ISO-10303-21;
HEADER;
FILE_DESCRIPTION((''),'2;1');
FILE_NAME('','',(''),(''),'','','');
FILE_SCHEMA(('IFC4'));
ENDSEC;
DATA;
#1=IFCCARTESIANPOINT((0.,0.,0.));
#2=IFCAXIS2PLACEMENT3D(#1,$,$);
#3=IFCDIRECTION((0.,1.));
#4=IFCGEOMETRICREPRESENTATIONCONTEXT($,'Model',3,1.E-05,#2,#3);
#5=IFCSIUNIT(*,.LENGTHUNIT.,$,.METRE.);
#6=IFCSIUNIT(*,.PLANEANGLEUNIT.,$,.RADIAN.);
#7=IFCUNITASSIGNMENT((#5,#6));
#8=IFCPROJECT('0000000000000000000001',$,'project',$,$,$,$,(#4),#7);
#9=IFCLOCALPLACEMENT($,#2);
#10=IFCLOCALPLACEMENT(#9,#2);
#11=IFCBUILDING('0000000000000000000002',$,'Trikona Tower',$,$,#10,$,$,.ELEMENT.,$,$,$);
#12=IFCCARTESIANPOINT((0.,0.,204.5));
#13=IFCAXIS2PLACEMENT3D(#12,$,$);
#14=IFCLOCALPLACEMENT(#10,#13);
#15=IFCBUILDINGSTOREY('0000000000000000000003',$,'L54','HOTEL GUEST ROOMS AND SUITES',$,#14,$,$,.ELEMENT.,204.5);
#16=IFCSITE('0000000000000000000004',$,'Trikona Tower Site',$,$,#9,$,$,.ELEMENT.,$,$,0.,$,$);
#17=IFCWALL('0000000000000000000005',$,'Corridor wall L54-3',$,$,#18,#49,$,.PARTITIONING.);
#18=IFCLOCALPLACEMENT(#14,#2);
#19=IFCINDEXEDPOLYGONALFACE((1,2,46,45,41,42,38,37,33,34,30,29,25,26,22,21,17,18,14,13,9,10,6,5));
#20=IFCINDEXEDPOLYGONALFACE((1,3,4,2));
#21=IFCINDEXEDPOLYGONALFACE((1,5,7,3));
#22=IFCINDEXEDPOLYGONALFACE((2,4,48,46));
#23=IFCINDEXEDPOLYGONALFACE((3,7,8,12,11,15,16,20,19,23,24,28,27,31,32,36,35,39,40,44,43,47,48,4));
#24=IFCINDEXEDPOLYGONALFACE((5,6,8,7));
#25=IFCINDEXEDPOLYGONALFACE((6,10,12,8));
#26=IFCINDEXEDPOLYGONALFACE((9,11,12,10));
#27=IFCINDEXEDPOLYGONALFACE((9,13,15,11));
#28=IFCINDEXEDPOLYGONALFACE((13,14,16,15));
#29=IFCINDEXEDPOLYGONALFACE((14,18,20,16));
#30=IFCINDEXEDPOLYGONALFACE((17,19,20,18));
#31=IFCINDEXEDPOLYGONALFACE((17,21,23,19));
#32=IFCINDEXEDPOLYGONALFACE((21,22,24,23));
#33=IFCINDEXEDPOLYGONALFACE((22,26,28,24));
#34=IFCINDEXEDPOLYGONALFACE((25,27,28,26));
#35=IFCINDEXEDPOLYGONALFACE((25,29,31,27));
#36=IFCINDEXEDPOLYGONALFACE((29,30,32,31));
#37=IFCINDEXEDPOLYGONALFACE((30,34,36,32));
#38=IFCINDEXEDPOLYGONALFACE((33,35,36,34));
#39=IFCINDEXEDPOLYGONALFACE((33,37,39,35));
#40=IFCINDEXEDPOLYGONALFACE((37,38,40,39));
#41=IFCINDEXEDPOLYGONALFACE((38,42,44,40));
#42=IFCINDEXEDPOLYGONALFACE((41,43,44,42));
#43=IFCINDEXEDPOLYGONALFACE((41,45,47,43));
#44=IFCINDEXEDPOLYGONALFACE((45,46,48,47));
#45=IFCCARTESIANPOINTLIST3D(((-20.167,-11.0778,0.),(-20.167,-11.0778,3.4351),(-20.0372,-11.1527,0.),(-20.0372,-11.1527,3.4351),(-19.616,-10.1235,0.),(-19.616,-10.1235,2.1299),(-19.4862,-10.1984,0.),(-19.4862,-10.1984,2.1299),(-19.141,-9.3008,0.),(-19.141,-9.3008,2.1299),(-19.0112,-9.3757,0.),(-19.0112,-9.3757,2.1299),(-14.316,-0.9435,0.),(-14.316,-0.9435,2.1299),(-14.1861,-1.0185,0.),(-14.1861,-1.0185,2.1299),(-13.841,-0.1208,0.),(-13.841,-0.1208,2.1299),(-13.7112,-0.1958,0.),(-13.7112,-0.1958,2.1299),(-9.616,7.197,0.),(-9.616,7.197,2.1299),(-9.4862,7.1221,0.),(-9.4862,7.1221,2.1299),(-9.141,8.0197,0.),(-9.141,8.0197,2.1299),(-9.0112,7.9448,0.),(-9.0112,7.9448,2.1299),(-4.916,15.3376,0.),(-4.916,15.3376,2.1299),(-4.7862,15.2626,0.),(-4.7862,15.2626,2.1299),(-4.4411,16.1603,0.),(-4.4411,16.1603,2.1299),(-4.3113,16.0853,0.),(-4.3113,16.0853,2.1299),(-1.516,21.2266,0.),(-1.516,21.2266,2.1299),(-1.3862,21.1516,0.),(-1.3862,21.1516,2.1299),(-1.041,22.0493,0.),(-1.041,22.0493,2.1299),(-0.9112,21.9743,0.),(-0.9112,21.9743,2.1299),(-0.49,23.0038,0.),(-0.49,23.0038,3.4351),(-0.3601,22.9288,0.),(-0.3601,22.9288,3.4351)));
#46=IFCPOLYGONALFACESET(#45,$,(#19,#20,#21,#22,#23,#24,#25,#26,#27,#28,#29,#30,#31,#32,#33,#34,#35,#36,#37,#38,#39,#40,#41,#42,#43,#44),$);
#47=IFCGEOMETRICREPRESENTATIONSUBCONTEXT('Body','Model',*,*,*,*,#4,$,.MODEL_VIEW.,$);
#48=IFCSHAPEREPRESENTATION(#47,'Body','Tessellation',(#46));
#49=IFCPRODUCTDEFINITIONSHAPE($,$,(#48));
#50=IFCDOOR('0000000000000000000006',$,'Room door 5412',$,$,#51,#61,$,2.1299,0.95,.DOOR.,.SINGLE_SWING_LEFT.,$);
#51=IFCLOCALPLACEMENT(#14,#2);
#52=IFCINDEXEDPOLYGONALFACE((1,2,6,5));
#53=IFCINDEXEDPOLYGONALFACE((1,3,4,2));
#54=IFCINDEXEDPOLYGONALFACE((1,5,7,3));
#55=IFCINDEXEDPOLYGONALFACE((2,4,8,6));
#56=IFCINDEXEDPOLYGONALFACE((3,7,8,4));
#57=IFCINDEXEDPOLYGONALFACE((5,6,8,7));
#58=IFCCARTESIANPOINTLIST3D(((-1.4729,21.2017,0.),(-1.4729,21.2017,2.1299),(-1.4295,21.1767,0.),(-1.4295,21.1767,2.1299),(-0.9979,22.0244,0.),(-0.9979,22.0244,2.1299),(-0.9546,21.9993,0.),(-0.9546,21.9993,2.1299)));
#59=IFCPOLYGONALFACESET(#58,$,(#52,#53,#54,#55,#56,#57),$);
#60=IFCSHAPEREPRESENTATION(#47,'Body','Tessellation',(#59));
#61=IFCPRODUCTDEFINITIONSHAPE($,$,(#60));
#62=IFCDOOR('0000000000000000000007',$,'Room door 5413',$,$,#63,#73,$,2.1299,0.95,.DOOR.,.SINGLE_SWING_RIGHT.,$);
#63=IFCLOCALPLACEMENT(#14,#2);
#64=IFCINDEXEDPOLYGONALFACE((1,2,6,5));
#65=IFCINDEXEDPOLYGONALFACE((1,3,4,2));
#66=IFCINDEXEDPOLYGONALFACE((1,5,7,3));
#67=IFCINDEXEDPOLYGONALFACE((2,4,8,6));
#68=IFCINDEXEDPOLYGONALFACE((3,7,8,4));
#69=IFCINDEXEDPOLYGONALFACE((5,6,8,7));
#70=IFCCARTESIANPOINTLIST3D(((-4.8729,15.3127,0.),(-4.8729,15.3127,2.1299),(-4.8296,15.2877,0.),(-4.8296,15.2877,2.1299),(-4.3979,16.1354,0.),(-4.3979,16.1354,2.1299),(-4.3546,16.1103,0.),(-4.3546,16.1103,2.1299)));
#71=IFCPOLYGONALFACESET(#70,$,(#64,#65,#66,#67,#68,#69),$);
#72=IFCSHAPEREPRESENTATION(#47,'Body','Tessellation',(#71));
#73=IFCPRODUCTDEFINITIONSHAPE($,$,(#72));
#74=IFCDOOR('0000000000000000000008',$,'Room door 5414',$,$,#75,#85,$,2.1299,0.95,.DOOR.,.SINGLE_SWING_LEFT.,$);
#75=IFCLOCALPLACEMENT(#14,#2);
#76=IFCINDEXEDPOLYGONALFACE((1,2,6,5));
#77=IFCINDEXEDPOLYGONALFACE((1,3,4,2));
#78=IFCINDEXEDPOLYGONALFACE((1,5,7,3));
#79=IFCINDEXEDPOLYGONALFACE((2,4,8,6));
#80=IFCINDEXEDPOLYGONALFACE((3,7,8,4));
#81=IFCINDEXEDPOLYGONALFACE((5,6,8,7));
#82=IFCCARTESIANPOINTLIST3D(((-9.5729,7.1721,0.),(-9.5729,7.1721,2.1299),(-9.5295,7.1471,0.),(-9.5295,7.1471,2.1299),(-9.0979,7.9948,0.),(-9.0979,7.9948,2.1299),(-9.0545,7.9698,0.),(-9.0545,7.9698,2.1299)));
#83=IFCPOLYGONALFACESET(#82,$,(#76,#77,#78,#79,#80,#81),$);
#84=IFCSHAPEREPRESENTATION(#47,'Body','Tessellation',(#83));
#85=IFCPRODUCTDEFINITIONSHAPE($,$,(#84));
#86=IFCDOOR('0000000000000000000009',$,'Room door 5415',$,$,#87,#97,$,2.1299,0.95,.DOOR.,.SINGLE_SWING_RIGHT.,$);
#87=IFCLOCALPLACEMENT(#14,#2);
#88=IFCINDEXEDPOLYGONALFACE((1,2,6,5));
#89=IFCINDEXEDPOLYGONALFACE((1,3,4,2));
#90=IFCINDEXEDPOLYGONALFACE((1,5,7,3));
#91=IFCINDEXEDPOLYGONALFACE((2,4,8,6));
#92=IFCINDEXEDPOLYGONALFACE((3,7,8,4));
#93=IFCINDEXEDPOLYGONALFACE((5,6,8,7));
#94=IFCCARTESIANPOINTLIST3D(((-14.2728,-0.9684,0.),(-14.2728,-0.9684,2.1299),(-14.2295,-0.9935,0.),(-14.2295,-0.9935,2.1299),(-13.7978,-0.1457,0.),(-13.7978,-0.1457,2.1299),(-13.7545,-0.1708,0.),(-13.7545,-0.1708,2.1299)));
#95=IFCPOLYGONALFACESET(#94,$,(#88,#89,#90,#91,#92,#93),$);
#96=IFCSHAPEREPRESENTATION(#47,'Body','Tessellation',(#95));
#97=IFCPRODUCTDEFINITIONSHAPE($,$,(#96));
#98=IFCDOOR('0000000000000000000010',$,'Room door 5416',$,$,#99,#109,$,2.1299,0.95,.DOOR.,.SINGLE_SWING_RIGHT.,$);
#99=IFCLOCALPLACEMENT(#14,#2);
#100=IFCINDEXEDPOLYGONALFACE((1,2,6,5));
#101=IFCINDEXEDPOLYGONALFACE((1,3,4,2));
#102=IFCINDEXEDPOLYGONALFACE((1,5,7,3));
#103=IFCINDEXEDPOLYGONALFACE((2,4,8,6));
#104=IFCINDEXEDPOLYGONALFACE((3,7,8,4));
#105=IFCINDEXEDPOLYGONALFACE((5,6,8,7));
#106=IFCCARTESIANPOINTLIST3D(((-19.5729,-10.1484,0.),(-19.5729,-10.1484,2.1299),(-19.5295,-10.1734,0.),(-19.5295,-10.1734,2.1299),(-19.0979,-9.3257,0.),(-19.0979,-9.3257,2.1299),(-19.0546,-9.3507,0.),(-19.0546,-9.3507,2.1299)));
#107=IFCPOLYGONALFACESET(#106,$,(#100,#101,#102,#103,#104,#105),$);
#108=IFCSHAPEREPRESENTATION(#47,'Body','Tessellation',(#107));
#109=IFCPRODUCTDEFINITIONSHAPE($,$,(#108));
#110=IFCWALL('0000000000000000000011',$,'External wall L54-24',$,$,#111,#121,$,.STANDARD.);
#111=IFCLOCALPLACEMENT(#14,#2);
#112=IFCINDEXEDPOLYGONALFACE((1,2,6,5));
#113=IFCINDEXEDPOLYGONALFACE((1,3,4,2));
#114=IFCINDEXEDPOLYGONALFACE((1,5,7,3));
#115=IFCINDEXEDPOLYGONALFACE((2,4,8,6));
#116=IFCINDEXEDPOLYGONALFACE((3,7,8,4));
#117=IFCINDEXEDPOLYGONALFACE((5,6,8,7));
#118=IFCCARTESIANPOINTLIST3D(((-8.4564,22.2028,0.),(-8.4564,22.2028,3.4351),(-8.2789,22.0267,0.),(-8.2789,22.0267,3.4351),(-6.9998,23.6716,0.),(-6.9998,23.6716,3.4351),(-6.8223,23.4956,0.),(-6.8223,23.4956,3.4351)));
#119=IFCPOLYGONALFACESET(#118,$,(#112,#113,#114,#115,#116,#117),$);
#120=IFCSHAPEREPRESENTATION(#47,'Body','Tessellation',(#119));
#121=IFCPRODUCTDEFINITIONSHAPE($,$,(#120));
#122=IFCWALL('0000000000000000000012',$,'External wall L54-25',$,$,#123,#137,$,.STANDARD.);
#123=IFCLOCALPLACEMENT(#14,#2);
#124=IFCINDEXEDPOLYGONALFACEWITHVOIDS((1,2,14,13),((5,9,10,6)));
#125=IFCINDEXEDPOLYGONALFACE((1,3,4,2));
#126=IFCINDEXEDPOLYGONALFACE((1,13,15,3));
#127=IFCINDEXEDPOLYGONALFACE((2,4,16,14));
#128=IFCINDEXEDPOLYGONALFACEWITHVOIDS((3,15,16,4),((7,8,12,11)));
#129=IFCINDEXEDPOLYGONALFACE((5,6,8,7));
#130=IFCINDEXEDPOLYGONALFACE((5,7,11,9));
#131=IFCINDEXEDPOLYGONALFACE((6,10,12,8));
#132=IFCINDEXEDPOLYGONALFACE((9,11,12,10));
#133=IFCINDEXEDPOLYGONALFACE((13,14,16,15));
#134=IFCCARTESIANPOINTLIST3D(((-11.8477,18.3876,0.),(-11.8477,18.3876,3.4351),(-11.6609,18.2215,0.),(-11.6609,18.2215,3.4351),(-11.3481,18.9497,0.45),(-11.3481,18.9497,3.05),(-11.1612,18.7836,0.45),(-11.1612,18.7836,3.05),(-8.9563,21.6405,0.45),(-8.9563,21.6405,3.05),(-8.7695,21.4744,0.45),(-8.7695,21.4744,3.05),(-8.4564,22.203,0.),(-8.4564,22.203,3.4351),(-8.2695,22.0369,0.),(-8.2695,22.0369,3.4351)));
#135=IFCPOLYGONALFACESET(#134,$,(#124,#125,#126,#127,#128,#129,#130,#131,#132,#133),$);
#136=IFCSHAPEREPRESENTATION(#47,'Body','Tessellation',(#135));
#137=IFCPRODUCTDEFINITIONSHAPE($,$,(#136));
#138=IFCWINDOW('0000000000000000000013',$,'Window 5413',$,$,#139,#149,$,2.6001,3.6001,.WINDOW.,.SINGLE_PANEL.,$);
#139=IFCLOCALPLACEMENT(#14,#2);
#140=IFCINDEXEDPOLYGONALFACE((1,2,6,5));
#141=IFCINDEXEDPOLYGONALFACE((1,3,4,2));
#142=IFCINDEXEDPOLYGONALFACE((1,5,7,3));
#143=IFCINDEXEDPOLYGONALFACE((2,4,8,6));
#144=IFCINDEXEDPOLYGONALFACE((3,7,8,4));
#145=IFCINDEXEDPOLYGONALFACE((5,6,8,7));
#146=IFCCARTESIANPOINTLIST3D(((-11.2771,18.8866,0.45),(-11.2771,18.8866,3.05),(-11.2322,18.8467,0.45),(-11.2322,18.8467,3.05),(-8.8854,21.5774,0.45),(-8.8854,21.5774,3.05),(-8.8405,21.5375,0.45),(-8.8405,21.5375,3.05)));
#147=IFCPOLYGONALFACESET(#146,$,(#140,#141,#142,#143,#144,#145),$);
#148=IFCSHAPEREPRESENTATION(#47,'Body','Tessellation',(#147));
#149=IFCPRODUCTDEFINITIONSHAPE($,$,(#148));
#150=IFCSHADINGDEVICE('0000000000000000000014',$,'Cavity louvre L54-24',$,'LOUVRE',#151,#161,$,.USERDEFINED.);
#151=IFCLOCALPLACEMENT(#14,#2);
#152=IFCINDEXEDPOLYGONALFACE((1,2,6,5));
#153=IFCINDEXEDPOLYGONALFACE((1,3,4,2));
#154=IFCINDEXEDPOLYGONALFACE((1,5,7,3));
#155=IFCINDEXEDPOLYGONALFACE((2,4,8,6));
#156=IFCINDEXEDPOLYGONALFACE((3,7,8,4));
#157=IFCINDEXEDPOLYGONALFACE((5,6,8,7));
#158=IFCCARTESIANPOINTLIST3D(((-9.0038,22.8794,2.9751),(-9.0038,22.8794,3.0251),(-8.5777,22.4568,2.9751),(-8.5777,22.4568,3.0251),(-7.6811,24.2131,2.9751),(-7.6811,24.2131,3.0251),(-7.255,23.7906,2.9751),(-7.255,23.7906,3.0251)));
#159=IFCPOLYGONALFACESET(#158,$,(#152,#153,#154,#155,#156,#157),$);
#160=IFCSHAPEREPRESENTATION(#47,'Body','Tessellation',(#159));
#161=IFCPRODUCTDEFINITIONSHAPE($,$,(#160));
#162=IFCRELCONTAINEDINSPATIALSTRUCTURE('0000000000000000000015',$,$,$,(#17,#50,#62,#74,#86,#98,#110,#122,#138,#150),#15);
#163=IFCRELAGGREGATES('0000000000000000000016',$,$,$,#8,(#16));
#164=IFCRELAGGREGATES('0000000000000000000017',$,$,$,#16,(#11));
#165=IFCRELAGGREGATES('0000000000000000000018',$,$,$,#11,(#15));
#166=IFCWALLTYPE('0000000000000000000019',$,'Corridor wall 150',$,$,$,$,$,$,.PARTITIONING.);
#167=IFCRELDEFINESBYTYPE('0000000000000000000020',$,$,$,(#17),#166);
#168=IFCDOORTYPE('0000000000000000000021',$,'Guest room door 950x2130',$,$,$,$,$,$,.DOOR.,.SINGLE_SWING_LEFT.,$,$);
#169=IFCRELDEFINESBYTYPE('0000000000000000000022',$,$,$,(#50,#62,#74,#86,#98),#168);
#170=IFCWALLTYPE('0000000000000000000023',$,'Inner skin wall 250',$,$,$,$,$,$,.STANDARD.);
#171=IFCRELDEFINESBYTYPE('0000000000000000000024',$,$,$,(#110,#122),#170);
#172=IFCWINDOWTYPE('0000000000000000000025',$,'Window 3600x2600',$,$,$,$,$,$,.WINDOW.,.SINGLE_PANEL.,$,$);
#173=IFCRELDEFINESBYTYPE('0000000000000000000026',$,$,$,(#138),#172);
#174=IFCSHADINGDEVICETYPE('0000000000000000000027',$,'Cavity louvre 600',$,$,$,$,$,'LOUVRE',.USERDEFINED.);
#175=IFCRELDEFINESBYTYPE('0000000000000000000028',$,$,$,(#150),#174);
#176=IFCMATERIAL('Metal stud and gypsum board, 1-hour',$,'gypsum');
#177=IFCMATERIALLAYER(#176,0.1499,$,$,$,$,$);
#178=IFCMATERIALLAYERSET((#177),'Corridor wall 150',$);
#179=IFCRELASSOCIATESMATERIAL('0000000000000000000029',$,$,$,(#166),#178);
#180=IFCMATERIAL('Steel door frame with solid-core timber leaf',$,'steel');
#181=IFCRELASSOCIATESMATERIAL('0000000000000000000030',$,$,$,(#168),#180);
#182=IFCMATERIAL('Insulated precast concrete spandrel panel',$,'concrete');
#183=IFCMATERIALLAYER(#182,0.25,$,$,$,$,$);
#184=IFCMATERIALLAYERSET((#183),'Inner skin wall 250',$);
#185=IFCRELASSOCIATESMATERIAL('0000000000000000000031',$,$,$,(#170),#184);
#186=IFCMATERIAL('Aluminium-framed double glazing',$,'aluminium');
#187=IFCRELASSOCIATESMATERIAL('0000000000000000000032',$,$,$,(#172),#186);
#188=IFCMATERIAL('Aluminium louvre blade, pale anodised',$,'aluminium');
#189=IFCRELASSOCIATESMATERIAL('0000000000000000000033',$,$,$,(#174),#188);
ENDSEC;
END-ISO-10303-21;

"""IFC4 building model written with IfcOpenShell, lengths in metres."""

from ifc_helpers import new_model, si_unit, direction, frame, frame_2d, origin, origin_2d, place, context, subcontext, project, spatial, rectangle, extrude, material, layer, layer_set, type_object, element, fill, save


model = new_model("IFC4")

# Units and contexts
model_context = context("Model", 3, precision=1e-05, world=origin(), true_north=direction((0.0, 1.0)))
body_context = subcontext(model_context, "Body", "Model", "MODEL_VIEW")
ifc_project = project(units=[si_unit("LENGTHUNIT", "METRE"), si_unit("PLANEANGLEUNIT", "RADIAN")], contexts=[model_context])

# Site, building, storey
site_placement = place(None, origin())
site = spatial("IfcSite", under=ifc_project, at=site_placement, Name="Trikona Tower Site", CompositionType="ELEMENT", RefElevation=0.0)
building_placement = place(site_placement, origin())
building = spatial("IfcBuilding", under=site, at=building_placement, Name="Trikona Tower", CompositionType="ELEMENT")
storey_placement = place(building_placement, frame((0.0, 0.0, 204.5)))
storey = spatial("IfcBuildingStorey", under=building, at=storey_placement, Name="L54", Description="HOTEL GUEST ROOMS AND SUITES", CompositionType="ELEMENT", Elevation=204.5)

# Wall, openings, doors
ifc_material_1 = material(Name="Metal stud and gypsum board, 1-hour", Category="gypsum")
ifc_layer_1 = layer(ifc_material_1, 0.1499)
ifc_layer_set_1 = layer_set([ifc_layer_1], Name="Corridor wall 150")
wall_type_1 = type_object("IfcWallType", Name="Corridor wall 150", PredefinedType="PARTITIONING", material=ifc_layer_set_1)
wall_1_placement = place(storey_placement, frame((-0.425, 22.9663, 0.0), z_axis=(0.0, 0.0, 1.0), x_axis=(-0.5, -0.866025, 0.0)))
wall_1 = element("IfcWall", 1, at=wall_1_placement, inside=storey, type_object=wall_type_1, Name="Corridor wall L54-3", PredefinedType="PARTITIONING", context=body_context, shape_type="SweptSolid", body=[
    extrude(rectangle(XDim=39.354, YDim=0.1499, at=frame_2d((19.677, 0.0))), origin(), (0.0, 0.0, 1.0), 3.4351),
])
opening_1_placement = place(wall_1_placement, frame((1.1021, 0.0, 0.0)))
opening_1 = element("IfcOpeningElement", 2, at=opening_1_placement, cuts=wall_1, PredefinedType="OPENING", context=body_context, shape_type="SweptSolid", body=[
    extrude(rectangle(XDim=0.95, YDim=2.1299, at=frame_2d((0.4751, 1.0649))), frame((0.0, 0.085, 0.0), z_axis=(0.0, -1.0, 0.0), x_axis=(1.0, 0.0, 0.0)), (0.0, 0.0, 1.0), 0.1699),
])
opening_2_placement = place(wall_1_placement, frame((7.9021, 0.0, 0.0)))
opening_2 = element("IfcOpeningElement", 3, at=opening_2_placement, cuts=wall_1, PredefinedType="OPENING", context=body_context, shape_type="SweptSolid", body=[
    extrude(rectangle(XDim=0.95, YDim=2.1299, at=frame_2d((0.4751, 1.0649))), frame((0.0, 0.085, 0.0), z_axis=(0.0, -1.0, 0.0), x_axis=(1.0, 0.0, 0.0)), (0.0, 0.0, 1.0), 0.1699),
])
opening_3_placement = place(wall_1_placement, frame((17.302, 0.0, 0.0)))
opening_3 = element("IfcOpeningElement", 4, at=opening_3_placement, cuts=wall_1, PredefinedType="OPENING", context=body_context, shape_type="SweptSolid", body=[
    extrude(rectangle(XDim=0.95, YDim=2.1299, at=frame_2d((0.4751, 1.0649))), frame((0.0, 0.085, 0.0), z_axis=(0.0, -1.0, 0.0), x_axis=(1.0, 0.0, 0.0)), (0.0, 0.0, 1.0), 0.1699),
])
opening_4_placement = place(wall_1_placement, frame((26.7019, 0.0, 0.0)))
opening_4 = element("IfcOpeningElement", 5, at=opening_4_placement, cuts=wall_1, PredefinedType="OPENING", context=body_context, shape_type="SweptSolid", body=[
    extrude(rectangle(XDim=0.95, YDim=2.1299, at=frame_2d((0.4751, 1.0649))), frame((0.0, 0.085, 0.0), z_axis=(0.0, -1.0, 0.0), x_axis=(1.0, 0.0, 0.0)), (0.0, 0.0, 1.0), 0.1699),
])
opening_5_placement = place(wall_1_placement, frame((37.302, 0.0, 0.0)))
opening_5 = element("IfcOpeningElement", 6, at=opening_5_placement, cuts=wall_1, PredefinedType="OPENING", context=body_context, shape_type="SweptSolid", body=[
    extrude(rectangle(XDim=0.95, YDim=2.1299, at=frame_2d((0.4751, 1.0649))), frame((0.0, 0.085, 0.0), z_axis=(0.0, -1.0, 0.0), x_axis=(1.0, 0.0, 0.0)), (0.0, 0.0, 1.0), 0.1699),
])
ifc_material_2 = material(Name="Steel door frame with solid-core timber leaf", Category="steel")
door_type = type_object("IfcDoorType", Name="Guest room door 950x2130", OperationType="SINGLE_SWING_LEFT", PredefinedType="DOOR", material=ifc_material_2)
door_1_placement = place(opening_1_placement, origin())
door_1 = element("IfcDoor", 7, at=door_1_placement, inside=storey, type_object=door_type, Name="Room door 5412", OperationType="SINGLE_SWING_LEFT", OverallHeight=2.1299, OverallWidth=0.95, PredefinedType="DOOR", context=body_context, shape_type="SweptSolid", body=[
    extrude(rectangle(XDim=0.95, YDim=2.1299, at=frame_2d((0.4751, 1.0649))), frame((0.0, 0.0249, 0.0), z_axis=(0.0, -1.0, 0.0), x_axis=(1.0, 0.0, 0.0)), (0.0, 0.0, 1.0), 0.05),
])
fill(opening_1, door_1)
door_2_placement = place(opening_2_placement, origin())
door_2 = element("IfcDoor", 8, at=door_2_placement, inside=storey, type_object=door_type, Name="Room door 5413", OperationType="SINGLE_SWING_RIGHT", OverallHeight=2.1299, OverallWidth=0.95, PredefinedType="DOOR", context=body_context, shape_type="SweptSolid", body=[
    extrude(rectangle(XDim=0.95, YDim=2.1299, at=frame_2d((0.4751, 1.0649))), frame((0.0, 0.0249, 0.0), z_axis=(0.0, -1.0, 0.0), x_axis=(1.0, 0.0, 0.0)), (0.0, 0.0, 1.0), 0.05),
])
fill(opening_2, door_2)
door_3_placement = place(opening_3_placement, origin())
door_3 = element("IfcDoor", 9, at=door_3_placement, inside=storey, type_object=door_type, Name="Room door 5414", OperationType="SINGLE_SWING_LEFT", OverallHeight=2.1299, OverallWidth=0.95, PredefinedType="DOOR", context=body_context, shape_type="SweptSolid", body=[
    extrude(rectangle(XDim=0.95, YDim=2.1299, at=frame_2d((0.4751, 1.0649))), frame((0.0, 0.0249, 0.0), z_axis=(0.0, -1.0, 0.0), x_axis=(1.0, 0.0, 0.0)), (0.0, 0.0, 1.0), 0.05),
])
fill(opening_3, door_3)
door_4_placement = place(opening_4_placement, origin())
door_4 = element("IfcDoor", 10, at=door_4_placement, inside=storey, type_object=door_type, Name="Room door 5415", OperationType="SINGLE_SWING_RIGHT", OverallHeight=2.1299, OverallWidth=0.95, PredefinedType="DOOR", context=body_context, shape_type="SweptSolid", body=[
    extrude(rectangle(XDim=0.95, YDim=2.1299, at=frame_2d((0.4751, 1.0649))), frame((0.0, 0.0249, 0.0), z_axis=(0.0, -1.0, 0.0), x_axis=(1.0, 0.0, 0.0)), (0.0, 0.0, 1.0), 0.05),
])
fill(opening_4, door_4)
door_5_placement = place(opening_5_placement, origin())
door_5 = element("IfcDoor", 11, at=door_5_placement, inside=storey, type_object=door_type, Name="Room door 5416", OperationType="SINGLE_SWING_RIGHT", OverallHeight=2.1299, OverallWidth=0.95, PredefinedType="DOOR", context=body_context, shape_type="SweptSolid", body=[
    extrude(rectangle(XDim=0.95, YDim=2.1299, at=frame_2d((0.4751, 1.0649))), frame((0.0, 0.0249, 0.0), z_axis=(0.0, -1.0, 0.0), x_axis=(1.0, 0.0, 0.0)), (0.0, 0.0, 1.0), 0.05),
])
fill(opening_5, door_5)

# Wall
ifc_material_3 = material(Name="Insulated precast concrete spandrel panel", Category="concrete")
ifc_layer_2 = layer(ifc_material_3, 0.25)
ifc_layer_set_2 = layer_set([ifc_layer_2], Name="Inner skin wall 250")
wall_type_2 = type_object("IfcWallType", Name="Inner skin wall 250", PredefinedType="STANDARD", material=ifc_layer_set_2)
wall_2_placement = place(storey_placement, frame((-6.9111, 23.5835, 0.0), z_axis=(0.0, 0.0, 1.0), x_axis=(-0.70415, -0.710051, 0.0)))
element("IfcWall", 12, at=wall_2_placement, inside=storey, type_object=wall_type_2, Name="External wall L54-24", PredefinedType="STANDARD", context=body_context, shape_type="SweptSolid", body=[
    extrude(rectangle(XDim=2.0686, YDim=0.25, at=frame_2d((1.0342, 0.0))), origin(), (0.0, 0.0, 1.0), 3.4351),
])

# Wall, opening, window
wall_3_placement = place(storey_placement, frame((-8.363, 22.1199, 0.0), z_axis=(0.0, 0.0, 1.0), x_axis=(-0.664349, -0.747423, 0.0)))
wall_3 = element("IfcWall", 13, at=wall_3_placement, inside=storey, type_object=wall_type_2, Name="External wall L54-25", PredefinedType="STANDARD", context=body_context, shape_type="SweptSolid", body=[
    extrude(rectangle(XDim=5.1047, YDim=0.25, at=frame_2d((2.5522, 0.0))), origin(), (0.0, 0.0, 1.0), 3.4351),
])
opening_6_placement = place(wall_3_placement, frame((0.7524, 0.0, 0.45)))
opening_6 = element("IfcOpeningElement", 14, at=opening_6_placement, cuts=wall_3, PredefinedType="OPENING", context=body_context, shape_type="SweptSolid", body=[
    extrude(rectangle(XDim=3.6001, YDim=2.6001, at=frame_2d((1.8, 1.3))), frame((0.0, 0.135, 0.0), z_axis=(0.0, -1.0, 0.0), x_axis=(1.0, 0.0, 0.0)), (0.0, 0.0, 1.0), 0.27),
])
ifc_material_4 = material(Name="Aluminium-framed double glazing", Category="aluminium")
window_type_1 = type_object("IfcWindowType", Name="Window 3600x2600", PartitioningType="SINGLE_PANEL", PredefinedType="WINDOW", material=ifc_material_4)
window_1_placement = place(opening_6_placement, origin())
window_1 = element("IfcWindow", 15, at=window_1_placement, inside=storey, type_object=window_type_1, Name="Window 5413", OverallHeight=2.6001, OverallWidth=3.6001, PartitioningType="SINGLE_PANEL", PredefinedType="WINDOW", context=body_context, shape_type="SweptSolid", body=[
    extrude(rectangle(XDim=3.6001, YDim=2.6001, at=frame_2d((1.8, 1.3))), frame((0.0, 0.03, 0.0), z_axis=(0.0, -1.0, 0.0), x_axis=(1.0, 0.0, 0.0)), (0.0, 0.0, 1.0), 0.0601),
])
fill(opening_6, window_1)

# Shading device
ifc_material_5 = material(Name="Aluminium louvre blade, pale anodised", Category="aluminium")
shading_device_type = type_object("IfcShadingDeviceType", Name="Cavity louvre 600", ElementType="LOUVRE", PredefinedType="USERDEFINED", material=ifc_material_5)
shading_device_placement = place(storey_placement, frame((-8.1294, 23.335, 2.9751), z_axis=(0.0, 0.0, 1.0), x_axis=(-0.704151, -0.71005, 0.0)))
element("IfcShadingDevice", 16, at=shading_device_placement, inside=storey, type_object=shading_device_type, Name="Cavity louvre L54-24", ObjectType="LOUVRE", PredefinedType="USERDEFINED", context=body_context, shape_type="SweptSolid", body=[
    extrude(rectangle(XDim=1.8784, YDim=0.6001, at=origin_2d()), origin(), (0.0, 0.0, 1.0), 0.05),
])

save(model, "model.ifc")
